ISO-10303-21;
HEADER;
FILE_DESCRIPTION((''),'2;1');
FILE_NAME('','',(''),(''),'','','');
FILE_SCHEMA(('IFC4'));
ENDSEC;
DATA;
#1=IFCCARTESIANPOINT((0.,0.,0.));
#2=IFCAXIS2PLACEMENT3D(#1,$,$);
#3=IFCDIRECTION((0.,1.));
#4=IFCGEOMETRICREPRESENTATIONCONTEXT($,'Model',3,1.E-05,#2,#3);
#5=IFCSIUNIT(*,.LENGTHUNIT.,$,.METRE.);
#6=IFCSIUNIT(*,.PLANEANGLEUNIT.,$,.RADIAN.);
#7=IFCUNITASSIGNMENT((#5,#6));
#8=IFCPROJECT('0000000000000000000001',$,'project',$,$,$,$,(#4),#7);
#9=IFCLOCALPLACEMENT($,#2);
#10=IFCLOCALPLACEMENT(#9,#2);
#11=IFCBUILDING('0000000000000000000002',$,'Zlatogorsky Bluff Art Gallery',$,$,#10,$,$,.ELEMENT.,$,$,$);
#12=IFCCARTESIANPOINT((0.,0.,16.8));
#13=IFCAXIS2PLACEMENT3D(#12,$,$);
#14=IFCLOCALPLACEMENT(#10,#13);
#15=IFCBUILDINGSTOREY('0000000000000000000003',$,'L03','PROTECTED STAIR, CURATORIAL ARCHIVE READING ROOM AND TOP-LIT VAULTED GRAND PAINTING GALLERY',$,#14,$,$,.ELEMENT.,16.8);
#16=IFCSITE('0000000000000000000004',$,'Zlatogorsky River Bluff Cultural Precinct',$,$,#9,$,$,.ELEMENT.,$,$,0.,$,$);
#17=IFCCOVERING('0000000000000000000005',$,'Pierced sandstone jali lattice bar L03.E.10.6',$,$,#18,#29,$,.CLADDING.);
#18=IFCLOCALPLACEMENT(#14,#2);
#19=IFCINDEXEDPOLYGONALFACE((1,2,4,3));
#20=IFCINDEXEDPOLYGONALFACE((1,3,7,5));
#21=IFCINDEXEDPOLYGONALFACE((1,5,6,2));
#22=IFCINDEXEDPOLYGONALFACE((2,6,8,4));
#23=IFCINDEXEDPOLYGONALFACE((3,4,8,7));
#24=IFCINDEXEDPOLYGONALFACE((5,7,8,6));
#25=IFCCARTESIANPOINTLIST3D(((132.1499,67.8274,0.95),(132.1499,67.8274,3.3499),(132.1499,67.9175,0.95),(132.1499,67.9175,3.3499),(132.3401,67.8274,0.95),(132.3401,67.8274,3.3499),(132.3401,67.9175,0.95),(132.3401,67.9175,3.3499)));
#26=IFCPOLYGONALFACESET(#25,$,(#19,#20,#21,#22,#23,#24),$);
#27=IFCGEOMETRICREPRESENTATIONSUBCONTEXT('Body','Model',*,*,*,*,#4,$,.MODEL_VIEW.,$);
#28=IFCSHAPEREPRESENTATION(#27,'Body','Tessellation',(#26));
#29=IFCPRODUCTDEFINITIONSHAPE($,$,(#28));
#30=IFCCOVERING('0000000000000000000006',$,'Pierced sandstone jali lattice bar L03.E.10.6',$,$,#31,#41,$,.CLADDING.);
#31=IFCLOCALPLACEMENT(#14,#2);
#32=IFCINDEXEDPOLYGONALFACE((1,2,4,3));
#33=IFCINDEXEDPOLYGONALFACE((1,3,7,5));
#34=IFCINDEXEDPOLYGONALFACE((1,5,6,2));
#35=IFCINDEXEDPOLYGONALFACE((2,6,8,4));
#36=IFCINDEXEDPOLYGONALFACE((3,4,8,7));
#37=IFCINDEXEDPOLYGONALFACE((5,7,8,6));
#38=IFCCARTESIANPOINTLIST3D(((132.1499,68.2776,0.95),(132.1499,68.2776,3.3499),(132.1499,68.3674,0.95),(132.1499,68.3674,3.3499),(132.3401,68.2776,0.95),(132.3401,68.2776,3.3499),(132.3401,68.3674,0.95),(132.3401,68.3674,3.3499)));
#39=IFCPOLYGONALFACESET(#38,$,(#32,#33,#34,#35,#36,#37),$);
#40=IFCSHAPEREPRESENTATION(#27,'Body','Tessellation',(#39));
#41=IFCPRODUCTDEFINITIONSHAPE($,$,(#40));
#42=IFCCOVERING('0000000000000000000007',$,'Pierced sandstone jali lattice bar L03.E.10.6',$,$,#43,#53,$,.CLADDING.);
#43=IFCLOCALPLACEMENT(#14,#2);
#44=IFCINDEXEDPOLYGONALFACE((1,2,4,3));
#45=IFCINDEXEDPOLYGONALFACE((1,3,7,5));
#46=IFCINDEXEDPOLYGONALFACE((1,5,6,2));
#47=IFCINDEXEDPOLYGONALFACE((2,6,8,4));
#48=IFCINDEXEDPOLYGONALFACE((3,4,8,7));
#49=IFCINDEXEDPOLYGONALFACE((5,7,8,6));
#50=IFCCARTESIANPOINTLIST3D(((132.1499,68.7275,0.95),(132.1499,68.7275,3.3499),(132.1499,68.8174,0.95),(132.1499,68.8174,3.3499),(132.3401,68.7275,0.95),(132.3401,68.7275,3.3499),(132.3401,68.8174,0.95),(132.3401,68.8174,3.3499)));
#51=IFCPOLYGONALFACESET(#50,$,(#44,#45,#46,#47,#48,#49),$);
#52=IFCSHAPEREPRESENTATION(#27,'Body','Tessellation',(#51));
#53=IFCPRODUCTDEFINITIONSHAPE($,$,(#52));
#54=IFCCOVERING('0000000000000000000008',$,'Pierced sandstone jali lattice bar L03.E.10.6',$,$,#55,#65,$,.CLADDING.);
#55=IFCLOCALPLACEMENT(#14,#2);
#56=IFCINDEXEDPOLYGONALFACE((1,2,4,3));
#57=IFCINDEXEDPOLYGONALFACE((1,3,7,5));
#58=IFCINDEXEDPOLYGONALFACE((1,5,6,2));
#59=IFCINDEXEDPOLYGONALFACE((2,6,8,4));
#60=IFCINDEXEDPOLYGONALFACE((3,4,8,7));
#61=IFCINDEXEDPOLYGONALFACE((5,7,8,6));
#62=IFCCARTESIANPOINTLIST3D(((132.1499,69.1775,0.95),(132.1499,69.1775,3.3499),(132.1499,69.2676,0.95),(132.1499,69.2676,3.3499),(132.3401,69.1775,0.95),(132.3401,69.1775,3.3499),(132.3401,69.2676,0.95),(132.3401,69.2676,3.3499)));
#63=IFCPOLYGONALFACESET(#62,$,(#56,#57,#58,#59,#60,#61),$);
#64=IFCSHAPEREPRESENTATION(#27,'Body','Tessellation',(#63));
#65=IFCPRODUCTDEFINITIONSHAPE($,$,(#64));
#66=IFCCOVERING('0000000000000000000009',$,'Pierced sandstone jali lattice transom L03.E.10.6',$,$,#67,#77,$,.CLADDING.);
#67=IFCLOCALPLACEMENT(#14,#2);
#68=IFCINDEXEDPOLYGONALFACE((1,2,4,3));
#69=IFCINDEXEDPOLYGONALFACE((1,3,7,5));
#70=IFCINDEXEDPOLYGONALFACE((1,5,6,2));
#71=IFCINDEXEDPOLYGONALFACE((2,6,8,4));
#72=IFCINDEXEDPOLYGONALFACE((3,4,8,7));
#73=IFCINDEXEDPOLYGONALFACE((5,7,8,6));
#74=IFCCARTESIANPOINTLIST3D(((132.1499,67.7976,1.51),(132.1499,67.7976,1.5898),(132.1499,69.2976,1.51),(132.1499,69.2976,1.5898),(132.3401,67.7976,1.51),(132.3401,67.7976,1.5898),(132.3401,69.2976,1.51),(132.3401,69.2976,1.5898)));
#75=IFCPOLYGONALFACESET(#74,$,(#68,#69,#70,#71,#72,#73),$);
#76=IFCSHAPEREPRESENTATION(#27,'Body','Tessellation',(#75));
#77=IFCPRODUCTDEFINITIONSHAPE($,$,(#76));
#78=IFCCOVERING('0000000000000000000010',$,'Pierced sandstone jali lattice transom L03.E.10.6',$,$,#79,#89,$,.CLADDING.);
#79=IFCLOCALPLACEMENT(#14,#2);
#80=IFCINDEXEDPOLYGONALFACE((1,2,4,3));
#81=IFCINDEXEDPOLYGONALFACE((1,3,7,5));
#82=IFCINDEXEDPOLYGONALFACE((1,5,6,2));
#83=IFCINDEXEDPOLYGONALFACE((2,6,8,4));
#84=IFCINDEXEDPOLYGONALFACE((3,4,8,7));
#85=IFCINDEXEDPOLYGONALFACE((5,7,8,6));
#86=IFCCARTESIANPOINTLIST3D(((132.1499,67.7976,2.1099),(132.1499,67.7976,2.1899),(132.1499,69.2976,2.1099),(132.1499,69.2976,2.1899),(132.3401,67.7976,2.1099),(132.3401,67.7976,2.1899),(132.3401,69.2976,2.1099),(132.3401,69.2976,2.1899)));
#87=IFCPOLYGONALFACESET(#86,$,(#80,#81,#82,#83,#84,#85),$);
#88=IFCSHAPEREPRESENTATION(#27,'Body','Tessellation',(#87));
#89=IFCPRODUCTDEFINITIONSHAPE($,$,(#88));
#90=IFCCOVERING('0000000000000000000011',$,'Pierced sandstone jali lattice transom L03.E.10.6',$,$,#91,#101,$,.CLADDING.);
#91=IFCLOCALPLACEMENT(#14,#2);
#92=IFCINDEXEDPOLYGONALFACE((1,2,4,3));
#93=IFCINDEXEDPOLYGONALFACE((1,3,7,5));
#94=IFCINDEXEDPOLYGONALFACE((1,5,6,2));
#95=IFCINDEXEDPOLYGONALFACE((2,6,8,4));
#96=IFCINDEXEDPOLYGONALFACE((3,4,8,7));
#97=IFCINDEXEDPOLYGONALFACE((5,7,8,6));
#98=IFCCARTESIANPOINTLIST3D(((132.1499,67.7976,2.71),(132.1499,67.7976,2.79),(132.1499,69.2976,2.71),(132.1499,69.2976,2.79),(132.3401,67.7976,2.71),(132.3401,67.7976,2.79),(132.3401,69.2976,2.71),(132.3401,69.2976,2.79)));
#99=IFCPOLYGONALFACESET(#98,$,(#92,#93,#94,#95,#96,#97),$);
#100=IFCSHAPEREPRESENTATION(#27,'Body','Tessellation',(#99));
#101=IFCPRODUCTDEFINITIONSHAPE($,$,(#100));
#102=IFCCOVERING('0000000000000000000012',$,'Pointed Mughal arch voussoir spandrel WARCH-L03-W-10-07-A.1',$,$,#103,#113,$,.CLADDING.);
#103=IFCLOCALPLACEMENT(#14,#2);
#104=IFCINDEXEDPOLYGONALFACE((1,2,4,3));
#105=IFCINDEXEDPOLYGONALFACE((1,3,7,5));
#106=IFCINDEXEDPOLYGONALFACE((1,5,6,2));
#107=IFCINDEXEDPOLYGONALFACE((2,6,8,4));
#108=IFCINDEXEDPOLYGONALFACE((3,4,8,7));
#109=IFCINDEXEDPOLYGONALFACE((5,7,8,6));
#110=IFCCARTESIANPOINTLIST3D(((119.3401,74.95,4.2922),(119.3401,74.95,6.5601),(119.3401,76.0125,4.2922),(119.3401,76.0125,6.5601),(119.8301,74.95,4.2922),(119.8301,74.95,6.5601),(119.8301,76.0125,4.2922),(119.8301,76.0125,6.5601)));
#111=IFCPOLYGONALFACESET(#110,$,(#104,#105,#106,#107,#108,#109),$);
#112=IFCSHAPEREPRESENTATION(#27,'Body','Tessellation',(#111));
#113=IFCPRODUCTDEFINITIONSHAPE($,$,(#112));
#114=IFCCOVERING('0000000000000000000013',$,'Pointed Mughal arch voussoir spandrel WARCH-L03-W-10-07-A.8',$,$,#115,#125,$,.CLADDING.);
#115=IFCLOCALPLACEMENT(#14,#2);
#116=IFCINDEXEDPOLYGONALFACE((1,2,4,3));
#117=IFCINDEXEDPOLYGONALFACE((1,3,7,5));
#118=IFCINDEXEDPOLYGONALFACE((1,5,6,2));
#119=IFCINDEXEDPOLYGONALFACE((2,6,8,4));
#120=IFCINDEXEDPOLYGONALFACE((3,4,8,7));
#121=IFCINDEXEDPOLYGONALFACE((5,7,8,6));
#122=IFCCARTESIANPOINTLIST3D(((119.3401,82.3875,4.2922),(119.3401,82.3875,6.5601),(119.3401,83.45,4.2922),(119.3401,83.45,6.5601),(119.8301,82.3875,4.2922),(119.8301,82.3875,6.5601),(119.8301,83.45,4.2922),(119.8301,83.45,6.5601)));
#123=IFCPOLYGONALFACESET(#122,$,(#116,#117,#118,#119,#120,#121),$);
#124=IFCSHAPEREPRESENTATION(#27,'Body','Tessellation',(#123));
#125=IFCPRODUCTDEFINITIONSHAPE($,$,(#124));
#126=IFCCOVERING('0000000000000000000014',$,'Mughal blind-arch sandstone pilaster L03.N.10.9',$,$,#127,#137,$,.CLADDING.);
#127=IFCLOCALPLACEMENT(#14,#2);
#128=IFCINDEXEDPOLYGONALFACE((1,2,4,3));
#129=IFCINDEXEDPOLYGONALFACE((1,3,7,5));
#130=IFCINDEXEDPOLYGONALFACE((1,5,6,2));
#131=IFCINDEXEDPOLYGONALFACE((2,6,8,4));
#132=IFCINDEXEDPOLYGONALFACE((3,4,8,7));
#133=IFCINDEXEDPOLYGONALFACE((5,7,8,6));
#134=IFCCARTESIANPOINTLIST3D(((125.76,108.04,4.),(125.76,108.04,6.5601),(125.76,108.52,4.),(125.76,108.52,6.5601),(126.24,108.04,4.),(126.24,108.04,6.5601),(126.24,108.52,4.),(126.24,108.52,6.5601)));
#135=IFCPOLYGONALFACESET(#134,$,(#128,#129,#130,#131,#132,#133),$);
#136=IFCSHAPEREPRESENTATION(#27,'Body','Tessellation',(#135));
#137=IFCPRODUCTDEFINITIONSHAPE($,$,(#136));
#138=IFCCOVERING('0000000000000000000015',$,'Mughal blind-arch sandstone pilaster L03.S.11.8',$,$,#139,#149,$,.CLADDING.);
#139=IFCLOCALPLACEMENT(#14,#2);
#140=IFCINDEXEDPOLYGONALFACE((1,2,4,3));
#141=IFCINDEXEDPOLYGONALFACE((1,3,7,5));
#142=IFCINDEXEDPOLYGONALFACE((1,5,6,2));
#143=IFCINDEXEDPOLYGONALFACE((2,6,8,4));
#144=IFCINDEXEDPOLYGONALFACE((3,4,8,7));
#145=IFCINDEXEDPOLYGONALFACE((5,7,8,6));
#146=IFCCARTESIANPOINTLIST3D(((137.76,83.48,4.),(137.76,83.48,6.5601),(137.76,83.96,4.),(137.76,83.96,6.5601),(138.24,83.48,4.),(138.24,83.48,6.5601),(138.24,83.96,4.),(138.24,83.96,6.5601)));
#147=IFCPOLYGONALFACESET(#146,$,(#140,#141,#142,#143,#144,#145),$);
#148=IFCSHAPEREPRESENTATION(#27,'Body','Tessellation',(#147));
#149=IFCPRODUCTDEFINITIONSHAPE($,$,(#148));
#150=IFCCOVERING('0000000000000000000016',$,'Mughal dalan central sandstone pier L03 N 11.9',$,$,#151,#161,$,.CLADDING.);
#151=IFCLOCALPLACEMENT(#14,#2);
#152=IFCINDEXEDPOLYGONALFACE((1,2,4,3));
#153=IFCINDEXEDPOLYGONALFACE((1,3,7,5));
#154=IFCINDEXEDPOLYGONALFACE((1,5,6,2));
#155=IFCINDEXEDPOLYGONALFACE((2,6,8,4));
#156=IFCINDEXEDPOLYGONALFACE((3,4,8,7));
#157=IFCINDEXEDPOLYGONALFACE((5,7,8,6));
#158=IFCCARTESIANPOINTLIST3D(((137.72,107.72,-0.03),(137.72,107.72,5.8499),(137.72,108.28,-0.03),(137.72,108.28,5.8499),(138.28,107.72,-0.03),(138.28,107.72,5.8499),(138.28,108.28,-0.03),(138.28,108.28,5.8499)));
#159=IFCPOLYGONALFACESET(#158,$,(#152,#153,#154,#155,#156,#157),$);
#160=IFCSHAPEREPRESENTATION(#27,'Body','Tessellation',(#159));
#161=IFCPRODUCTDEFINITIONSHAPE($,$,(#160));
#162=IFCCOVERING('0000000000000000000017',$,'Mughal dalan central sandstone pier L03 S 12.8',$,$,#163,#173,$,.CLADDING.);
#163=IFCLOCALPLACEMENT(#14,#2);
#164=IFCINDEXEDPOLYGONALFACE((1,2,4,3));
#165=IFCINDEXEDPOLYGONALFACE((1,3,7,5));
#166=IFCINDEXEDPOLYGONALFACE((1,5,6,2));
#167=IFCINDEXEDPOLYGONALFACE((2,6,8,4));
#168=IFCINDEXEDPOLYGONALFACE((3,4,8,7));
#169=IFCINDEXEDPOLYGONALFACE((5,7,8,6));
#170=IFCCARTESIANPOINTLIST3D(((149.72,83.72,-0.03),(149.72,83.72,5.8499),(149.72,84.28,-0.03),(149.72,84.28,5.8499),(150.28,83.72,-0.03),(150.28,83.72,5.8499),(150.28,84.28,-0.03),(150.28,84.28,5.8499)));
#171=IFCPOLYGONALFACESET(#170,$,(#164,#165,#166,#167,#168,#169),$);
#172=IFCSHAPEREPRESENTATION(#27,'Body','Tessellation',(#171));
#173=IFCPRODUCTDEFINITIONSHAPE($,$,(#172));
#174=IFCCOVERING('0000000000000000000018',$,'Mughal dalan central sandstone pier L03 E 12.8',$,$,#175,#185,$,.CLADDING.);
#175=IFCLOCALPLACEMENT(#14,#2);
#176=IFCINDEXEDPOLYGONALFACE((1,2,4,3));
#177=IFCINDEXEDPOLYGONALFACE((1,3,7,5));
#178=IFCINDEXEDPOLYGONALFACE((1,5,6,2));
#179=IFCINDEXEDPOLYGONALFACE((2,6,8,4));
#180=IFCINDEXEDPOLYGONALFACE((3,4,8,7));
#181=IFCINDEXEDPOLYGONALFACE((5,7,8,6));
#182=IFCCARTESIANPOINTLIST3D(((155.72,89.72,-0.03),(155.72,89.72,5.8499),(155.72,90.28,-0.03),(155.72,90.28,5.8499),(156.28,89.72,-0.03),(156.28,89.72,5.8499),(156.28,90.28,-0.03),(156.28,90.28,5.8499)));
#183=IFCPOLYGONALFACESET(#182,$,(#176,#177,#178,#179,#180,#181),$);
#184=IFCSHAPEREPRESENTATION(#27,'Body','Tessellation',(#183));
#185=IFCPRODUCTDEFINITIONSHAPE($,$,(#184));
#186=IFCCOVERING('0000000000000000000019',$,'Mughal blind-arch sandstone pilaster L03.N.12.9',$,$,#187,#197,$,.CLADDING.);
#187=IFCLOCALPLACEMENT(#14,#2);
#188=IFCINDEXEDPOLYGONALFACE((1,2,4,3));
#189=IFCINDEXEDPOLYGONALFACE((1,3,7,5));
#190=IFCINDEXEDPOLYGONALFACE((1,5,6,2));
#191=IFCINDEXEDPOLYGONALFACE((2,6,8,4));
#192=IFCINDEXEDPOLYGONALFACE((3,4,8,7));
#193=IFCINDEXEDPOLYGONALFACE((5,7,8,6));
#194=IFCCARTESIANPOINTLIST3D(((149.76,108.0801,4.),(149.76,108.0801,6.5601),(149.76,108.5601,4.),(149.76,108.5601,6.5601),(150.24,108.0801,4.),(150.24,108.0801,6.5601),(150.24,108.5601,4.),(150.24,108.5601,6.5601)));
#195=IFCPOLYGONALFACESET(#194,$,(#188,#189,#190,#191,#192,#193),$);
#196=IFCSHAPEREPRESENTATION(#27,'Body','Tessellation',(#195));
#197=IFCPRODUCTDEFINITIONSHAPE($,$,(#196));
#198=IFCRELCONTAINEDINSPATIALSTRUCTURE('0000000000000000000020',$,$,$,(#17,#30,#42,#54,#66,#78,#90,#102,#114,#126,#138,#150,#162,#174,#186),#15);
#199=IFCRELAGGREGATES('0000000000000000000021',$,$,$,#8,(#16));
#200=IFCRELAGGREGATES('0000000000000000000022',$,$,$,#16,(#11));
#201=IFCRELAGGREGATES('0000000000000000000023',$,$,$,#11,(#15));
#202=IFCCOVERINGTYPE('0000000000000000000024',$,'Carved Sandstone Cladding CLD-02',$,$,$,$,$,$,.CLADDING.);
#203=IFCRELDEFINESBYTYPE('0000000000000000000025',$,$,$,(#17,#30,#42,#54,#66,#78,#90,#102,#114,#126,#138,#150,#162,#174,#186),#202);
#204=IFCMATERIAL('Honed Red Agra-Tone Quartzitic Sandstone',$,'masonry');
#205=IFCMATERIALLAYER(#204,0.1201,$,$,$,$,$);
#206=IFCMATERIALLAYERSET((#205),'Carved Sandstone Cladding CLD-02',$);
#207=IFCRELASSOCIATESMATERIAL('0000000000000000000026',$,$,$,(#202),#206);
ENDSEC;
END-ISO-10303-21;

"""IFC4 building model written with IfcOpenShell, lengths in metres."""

from ifc_helpers import new_model, si_unit, direction, frame, origin, place, context, subcontext, project, spatial, polyline, outline, extrude, material, layer, layer_set, type_object, element, save


model = new_model("IFC4")

# Units and contexts
model_context = context("Model", 3, precision=1e-05, world=origin(), true_north=direction((0.0, 1.0)))
body_context = subcontext(model_context, "Body", "Model", "MODEL_VIEW")
ifc_project = project(units=[si_unit("LENGTHUNIT", "METRE"), si_unit("PLANEANGLEUNIT", "RADIAN")], contexts=[model_context])

# Site, building, storey
site_placement = place(None, origin())
site = spatial("IfcSite", under=ifc_project, at=site_placement, Name="Zlatogorsky River Bluff Cultural Precinct", CompositionType="ELEMENT", RefElevation=0.0)
building_placement = place(site_placement, origin())
building = spatial("IfcBuilding", under=site, at=building_placement, Name="Zlatogorsky Bluff Art Gallery", CompositionType="ELEMENT")
storey_placement = place(building_placement, frame((0.0, 0.0, 16.8)))
storey = spatial("IfcBuildingStorey", under=building, at=storey_placement, Name="L03", Description="PROTECTED STAIR, CURATORIAL ARCHIVE READING ROOM AND TOP-LIT VAULTED GRAND PAINTING GALLERY", CompositionType="ELEMENT", Elevation=16.8)

# Coverings
ifc_material = material(Name="Honed Red Agra-Tone Quartzitic Sandstone", Category="masonry")
ifc_layer = layer(ifc_material, 0.1201)
ifc_layer_set = layer_set([ifc_layer], Name="Carved Sandstone Cladding CLD-02")
covering_type = type_object("IfcCoveringType", Name="Carved Sandstone Cladding CLD-02", PredefinedType="CLADDING", material=ifc_layer_set)
covering_1_placement = place(storey_placement, frame((0.0, 0.0, 0.95)))
element("IfcCovering", 1, at=covering_1_placement, inside=storey, type_object=covering_type, Name="Pierced sandstone jali lattice bar L03.E.10.6", PredefinedType="CLADDING", context=body_context, shape_type="SweptSolid", body=[
    extrude(outline(polyline([(132.1499, 67.8274), (132.1499, 67.9175), (132.3401, 67.9175), (132.3401, 67.8274), (132.1499, 67.8274)])), origin(), (0.0, 0.0, 1.0), 2.3999),
])
covering_2_placement = place(storey_placement, frame((0.0, 0.0, 0.95)))
element("IfcCovering", 2, at=covering_2_placement, inside=storey, type_object=covering_type, Name="Pierced sandstone jali lattice bar L03.E.10.6", PredefinedType="CLADDING", context=body_context, shape_type="SweptSolid", body=[
    extrude(outline(polyline([(132.1499, 68.2776), (132.1499, 68.3674), (132.3401, 68.3674), (132.3401, 68.2776), (132.1499, 68.2776)])), origin(), (0.0, 0.0, 1.0), 2.3999),
])
covering_3_placement = place(storey_placement, frame((0.0, 0.0, 0.95)))
element("IfcCovering", 3, at=covering_3_placement, inside=storey, type_object=covering_type, Name="Pierced sandstone jali lattice bar L03.E.10.6", PredefinedType="CLADDING", context=body_context, shape_type="SweptSolid", body=[
    extrude(outline(polyline([(132.1499, 68.7275), (132.1499, 68.8174), (132.3401, 68.8174), (132.3401, 68.7275), (132.1499, 68.7275)])), origin(), (0.0, 0.0, 1.0), 2.3999),
])
covering_4_placement = place(storey_placement, frame((0.0, 0.0, 0.95)))
element("IfcCovering", 4, at=covering_4_placement, inside=storey, type_object=covering_type, Name="Pierced sandstone jali lattice bar L03.E.10.6", PredefinedType="CLADDING", context=body_context, shape_type="SweptSolid", body=[
    extrude(outline(polyline([(132.1499, 69.1775), (132.1499, 69.2676), (132.3401, 69.2676), (132.3401, 69.1775), (132.1499, 69.1775)])), origin(), (0.0, 0.0, 1.0), 2.3999),
])
covering_5_placement = place(storey_placement, frame((0.0, 0.0, 1.51)))
element("IfcCovering", 5, at=covering_5_placement, inside=storey, type_object=covering_type, Name="Pierced sandstone jali lattice transom L03.E.10.6", PredefinedType="CLADDING", context=body_context, shape_type="SweptSolid", body=[
    extrude(outline(polyline([(132.1499, 67.7976), (132.1499, 69.2976), (132.3401, 69.2976), (132.3401, 67.7976), (132.1499, 67.7976)])), origin(), (0.0, 0.0, 1.0), 0.0798),
])
for number, where, name in (
    (6, (0.0, 0.0, 2.1099), "Pierced sandstone jali lattice transom L03.E.10.6"),
    (7, (0.0, 0.0, 2.71), "Pierced sandstone jali lattice transom L03.E.10.6"),
):
    element("IfcCovering", number, at=place(storey_placement, frame(where)), inside=storey, type_object=covering_type, Name=name, PredefinedType="CLADDING", context=body_context, shape_type="SweptSolid", body=[
        extrude(outline(polyline([(132.1499, 67.7976), (132.1499, 69.2976), (132.3401, 69.2976), (132.3401, 67.7976), (132.1499, 67.7976)])), origin(), (0.0, 0.0, 1.0), 0.0801),
    ])
covering_6_placement = place(storey_placement, frame((0.0, 0.0, 4.2922)))
element("IfcCovering", 8, at=covering_6_placement, inside=storey, type_object=covering_type, Name="Pointed Mughal arch voussoir spandrel WARCH-L03-W-10-07-A.1", PredefinedType="CLADDING", context=body_context, shape_type="SweptSolid", body=[
    extrude(outline(polyline([(119.3401, 74.95), (119.3401, 76.0125), (119.8301, 76.0125), (119.8301, 74.95), (119.3401, 74.95)])), origin(), (0.0, 0.0, 1.0), 2.2678),
])
covering_7_placement = place(storey_placement, frame((0.0, 0.0, 4.2922)))
element("IfcCovering", 9, at=covering_7_placement, inside=storey, type_object=covering_type, Name="Pointed Mughal arch voussoir spandrel WARCH-L03-W-10-07-A.8", PredefinedType="CLADDING", context=body_context, shape_type="SweptSolid", body=[
    extrude(outline(polyline([(119.3401, 82.3875), (119.3401, 83.45), (119.8301, 83.45), (119.8301, 82.3875), (119.3401, 82.3875)])), origin(), (0.0, 0.0, 1.0), 2.2678),
])
covering_8_placement = place(storey_placement, frame((0.0, 0.0, 4.0)))
element("IfcCovering", 10, at=covering_8_placement, inside=storey, type_object=covering_type, Name="Mughal blind-arch sandstone pilaster L03.N.10.9", PredefinedType="CLADDING", context=body_context, shape_type="SweptSolid", body=[
    extrude(outline(polyline([(125.76, 108.04), (126.24, 108.04), (126.24, 108.52), (125.76, 108.52), (125.76, 108.04)])), origin(), (0.0, 0.0, 1.0), 2.5601),
])
covering_9_placement = place(storey_placement, frame((0.0, 0.0, 4.0)))
element("IfcCovering", 11, at=covering_9_placement, inside=storey, type_object=covering_type, Name="Mughal blind-arch sandstone pilaster L03.S.11.8", PredefinedType="CLADDING", context=body_context, shape_type="SweptSolid", body=[
    extrude(outline(polyline([(137.76, 83.48), (138.24, 83.48), (138.24, 83.96), (137.76, 83.96), (137.76, 83.48)])), origin(), (0.0, 0.0, 1.0), 2.5601),
])
covering_10_placement = place(storey_placement, frame((0.0, 0.0, -0.03)))
element("IfcCovering", 12, at=covering_10_placement, inside=storey, type_object=covering_type, Name="Mughal dalan central sandstone pier L03 N 11.9", PredefinedType="CLADDING", context=body_context, shape_type="SweptSolid", body=[
    extrude(outline(polyline([(137.72, 107.72), (138.28, 107.72), (138.28, 108.28), (137.72, 108.28), (137.72, 107.72)])), origin(), (0.0, 0.0, 1.0), 5.8799),
])
covering_11_placement = place(storey_placement, frame((0.0, 0.0, -0.03)))
element("IfcCovering", 13, at=covering_11_placement, inside=storey, type_object=covering_type, Name="Mughal dalan central sandstone pier L03 S 12.8", PredefinedType="CLADDING", context=body_context, shape_type="SweptSolid", body=[
    extrude(outline(polyline([(149.72, 83.72), (150.28, 83.72), (150.28, 84.28), (149.72, 84.28), (149.72, 83.72)])), origin(), (0.0, 0.0, 1.0), 5.8799),
])
covering_12_placement = place(storey_placement, frame((0.0, 0.0, -0.03)))
element("IfcCovering", 14, at=covering_12_placement, inside=storey, type_object=covering_type, Name="Mughal dalan central sandstone pier L03 E 12.8", PredefinedType="CLADDING", context=body_context, shape_type="SweptSolid", body=[
    extrude(outline(polyline([(155.72, 89.72), (156.28, 89.72), (156.28, 90.28), (155.72, 90.28), (155.72, 89.72)])), origin(), (0.0, 0.0, 1.0), 5.8799),
])
covering_13_placement = place(storey_placement, frame((0.0, 0.0, 4.0)))
element("IfcCovering", 15, at=covering_13_placement, inside=storey, type_object=covering_type, Name="Mughal blind-arch sandstone pilaster L03.N.12.9", PredefinedType="CLADDING", context=body_context, shape_type="SweptSolid", body=[
    extrude(outline(polyline([(149.76, 108.0801), (150.24, 108.0801), (150.24, 108.5601), (149.76, 108.5601), (149.76, 108.0801)])), origin(), (0.0, 0.0, 1.0), 2.5601),
])

save(model, "model.ifc")
